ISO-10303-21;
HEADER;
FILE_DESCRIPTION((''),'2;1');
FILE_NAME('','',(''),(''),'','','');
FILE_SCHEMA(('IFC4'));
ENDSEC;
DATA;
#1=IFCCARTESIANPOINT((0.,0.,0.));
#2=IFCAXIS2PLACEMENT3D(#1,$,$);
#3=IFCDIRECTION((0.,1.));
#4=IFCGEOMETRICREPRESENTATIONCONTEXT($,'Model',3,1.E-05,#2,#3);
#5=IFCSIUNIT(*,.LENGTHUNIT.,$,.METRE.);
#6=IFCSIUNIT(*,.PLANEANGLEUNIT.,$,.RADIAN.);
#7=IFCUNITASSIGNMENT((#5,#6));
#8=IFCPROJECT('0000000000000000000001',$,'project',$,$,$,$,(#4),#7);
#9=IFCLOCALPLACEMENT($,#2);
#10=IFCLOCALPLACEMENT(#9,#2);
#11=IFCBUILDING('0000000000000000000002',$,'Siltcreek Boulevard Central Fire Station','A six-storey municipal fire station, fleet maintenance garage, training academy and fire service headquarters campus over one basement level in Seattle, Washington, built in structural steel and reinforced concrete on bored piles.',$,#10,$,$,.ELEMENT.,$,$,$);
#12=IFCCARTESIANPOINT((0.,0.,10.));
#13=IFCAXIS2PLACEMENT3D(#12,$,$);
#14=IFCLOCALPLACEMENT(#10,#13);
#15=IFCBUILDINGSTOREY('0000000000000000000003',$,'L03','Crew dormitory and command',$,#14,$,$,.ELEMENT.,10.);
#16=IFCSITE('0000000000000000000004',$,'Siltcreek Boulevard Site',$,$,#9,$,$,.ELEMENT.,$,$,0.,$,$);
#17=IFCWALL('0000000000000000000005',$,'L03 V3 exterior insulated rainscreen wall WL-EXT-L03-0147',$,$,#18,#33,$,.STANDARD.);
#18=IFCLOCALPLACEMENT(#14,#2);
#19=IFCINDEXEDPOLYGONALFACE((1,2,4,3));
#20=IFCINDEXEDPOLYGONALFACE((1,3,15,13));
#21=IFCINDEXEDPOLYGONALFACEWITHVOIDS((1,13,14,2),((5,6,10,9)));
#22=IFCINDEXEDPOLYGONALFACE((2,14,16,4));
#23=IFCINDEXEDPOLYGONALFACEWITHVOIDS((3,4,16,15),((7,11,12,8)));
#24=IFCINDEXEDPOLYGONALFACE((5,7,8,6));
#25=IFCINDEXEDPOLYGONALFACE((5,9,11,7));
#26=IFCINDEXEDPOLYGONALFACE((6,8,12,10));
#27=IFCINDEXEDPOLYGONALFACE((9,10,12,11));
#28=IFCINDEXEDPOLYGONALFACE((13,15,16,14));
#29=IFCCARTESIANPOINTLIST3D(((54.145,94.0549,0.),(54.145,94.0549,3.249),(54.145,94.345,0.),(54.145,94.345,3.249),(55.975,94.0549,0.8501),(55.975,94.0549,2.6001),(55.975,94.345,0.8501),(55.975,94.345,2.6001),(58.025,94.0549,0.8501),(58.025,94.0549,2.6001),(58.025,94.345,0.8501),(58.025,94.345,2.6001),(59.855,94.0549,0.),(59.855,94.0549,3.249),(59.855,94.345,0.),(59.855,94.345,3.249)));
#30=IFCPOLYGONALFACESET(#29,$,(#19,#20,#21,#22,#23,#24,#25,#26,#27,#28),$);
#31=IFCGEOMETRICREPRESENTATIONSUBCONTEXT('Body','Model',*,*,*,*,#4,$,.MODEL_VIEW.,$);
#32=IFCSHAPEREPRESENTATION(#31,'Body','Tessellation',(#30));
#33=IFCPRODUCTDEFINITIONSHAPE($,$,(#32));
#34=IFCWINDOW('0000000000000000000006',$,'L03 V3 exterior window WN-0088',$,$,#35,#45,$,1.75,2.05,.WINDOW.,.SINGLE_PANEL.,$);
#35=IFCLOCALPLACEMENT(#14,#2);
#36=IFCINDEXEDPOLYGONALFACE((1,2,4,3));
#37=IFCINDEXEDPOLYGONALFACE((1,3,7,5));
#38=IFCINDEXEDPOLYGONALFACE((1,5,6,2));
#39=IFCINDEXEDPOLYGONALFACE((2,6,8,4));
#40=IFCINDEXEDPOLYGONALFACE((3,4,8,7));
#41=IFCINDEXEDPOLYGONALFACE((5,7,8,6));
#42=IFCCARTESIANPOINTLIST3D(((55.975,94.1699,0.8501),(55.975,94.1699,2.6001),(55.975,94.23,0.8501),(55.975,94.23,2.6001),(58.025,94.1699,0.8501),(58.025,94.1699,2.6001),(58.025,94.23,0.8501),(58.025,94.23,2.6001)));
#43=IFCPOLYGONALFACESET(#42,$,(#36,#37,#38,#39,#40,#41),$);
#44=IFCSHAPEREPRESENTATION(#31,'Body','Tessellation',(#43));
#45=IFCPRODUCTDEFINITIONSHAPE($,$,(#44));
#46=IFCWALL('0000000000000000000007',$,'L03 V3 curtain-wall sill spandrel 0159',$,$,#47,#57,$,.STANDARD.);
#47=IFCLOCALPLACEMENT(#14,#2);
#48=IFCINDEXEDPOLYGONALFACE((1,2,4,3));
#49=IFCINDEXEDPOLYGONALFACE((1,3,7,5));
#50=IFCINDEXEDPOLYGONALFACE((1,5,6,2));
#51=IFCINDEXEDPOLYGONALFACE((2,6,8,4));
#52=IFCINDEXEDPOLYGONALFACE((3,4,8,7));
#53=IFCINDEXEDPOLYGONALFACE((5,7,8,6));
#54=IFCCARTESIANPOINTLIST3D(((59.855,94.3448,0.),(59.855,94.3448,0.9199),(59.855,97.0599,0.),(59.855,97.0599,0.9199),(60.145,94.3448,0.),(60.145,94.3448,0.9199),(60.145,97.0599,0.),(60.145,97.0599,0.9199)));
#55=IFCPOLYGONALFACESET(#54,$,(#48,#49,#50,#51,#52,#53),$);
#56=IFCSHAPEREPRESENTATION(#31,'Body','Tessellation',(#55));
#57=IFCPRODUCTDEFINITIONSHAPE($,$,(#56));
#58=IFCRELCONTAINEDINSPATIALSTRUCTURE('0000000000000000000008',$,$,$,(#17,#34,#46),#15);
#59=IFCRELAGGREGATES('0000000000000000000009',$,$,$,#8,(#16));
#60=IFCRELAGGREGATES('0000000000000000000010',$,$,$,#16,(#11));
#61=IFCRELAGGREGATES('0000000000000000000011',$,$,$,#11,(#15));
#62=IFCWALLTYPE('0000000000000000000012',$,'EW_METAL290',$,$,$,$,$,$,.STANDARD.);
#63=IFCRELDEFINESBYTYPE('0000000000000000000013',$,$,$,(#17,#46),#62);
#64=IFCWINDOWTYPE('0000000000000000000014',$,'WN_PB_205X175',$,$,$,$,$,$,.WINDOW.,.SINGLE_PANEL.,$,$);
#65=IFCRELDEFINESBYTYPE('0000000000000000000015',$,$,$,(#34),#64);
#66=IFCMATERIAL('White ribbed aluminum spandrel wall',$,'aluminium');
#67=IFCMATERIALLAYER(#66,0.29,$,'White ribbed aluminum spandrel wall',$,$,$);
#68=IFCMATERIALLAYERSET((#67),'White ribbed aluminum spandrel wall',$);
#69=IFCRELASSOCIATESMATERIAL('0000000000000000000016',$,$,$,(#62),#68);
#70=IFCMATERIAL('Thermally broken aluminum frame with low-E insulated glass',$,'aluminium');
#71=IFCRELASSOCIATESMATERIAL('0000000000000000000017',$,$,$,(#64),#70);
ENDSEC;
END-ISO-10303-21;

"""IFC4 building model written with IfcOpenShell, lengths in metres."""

from ifc_helpers import new_model, si_unit, direction, frame, frame_2d, origin, place, context, subcontext, project, spatial, rectangle, extrude, material, layer, layer_set, type_object, element, fill, save


model = new_model("IFC4")

# Units and contexts
model_context = context("Model", 3, precision=1e-05, world=origin(), true_north=direction((0.0, 1.0)))
body_context = subcontext(model_context, "Body", "Model", "MODEL_VIEW")
ifc_project = project(units=[si_unit("LENGTHUNIT", "METRE"), si_unit("PLANEANGLEUNIT", "RADIAN")], contexts=[model_context])

# Site, building, storey
site_placement = place(None, origin())
site = spatial("IfcSite", under=ifc_project, at=site_placement, Name="Siltcreek Boulevard Site", CompositionType="ELEMENT", RefElevation=0.0)
building_placement = place(site_placement, origin())
building = spatial("IfcBuilding", under=site, at=building_placement, Name="Siltcreek Boulevard Central Fire Station", Description="A six-storey municipal fire station, fleet maintenance garage, training academy and fire service headquarters campus over one basement level in Seattle, Washington, built in structural steel and reinforced concrete on bored piles.", CompositionType="ELEMENT")
storey_placement = place(building_placement, frame((0.0, 0.0, 10.0)))
storey = spatial("IfcBuildingStorey", under=building, at=storey_placement, Name="L03", Description="Crew dormitory and command", CompositionType="ELEMENT", Elevation=10.0)

# Wall, opening, window
ifc_material_1 = material(Name="White ribbed aluminum spandrel wall", Category="aluminium")
ifc_layer_1 = layer(ifc_material_1, 0.29, Name="White ribbed aluminum spandrel wall")
ifc_layer_set_1 = layer_set([ifc_layer_1], Name="White ribbed aluminum spandrel wall")
wall_type = type_object("IfcWallType", Name="EW_METAL290", PredefinedType="STANDARD", material=ifc_layer_set_1)
wall_1_placement = place(storey_placement, frame((54.145, 94.2, 0.0), z_axis=(0.0, 0.0, 1.0), x_axis=(1.0, 0.0, 0.0)))
wall_1 = element("IfcWall", 1, at=wall_1_placement, inside=storey, type_object=wall_type, Name="L03 V3 exterior insulated rainscreen wall WL-EXT-L03-0147", PredefinedType="STANDARD", context=body_context, shape_type="SweptSolid", body=[
    extrude(rectangle(XDim=5.71, YDim=0.29, at=frame_2d((2.855, 0.0))), origin(), (0.0, 0.0, 1.0), 3.249),
])
opening_placement = place(wall_1_placement, frame((1.8301, 0.0, 0.8501)))
opening = element("IfcOpeningElement", 2, at=opening_placement, cuts=wall_1, PredefinedType="OPENING", context=body_context, shape_type="SweptSolid", body=[
    extrude(rectangle(XDim=2.05, YDim=1.75, at=frame_2d((1.0249, 0.875))), frame((0.0, 0.155, 0.0), z_axis=(0.0, -1.0, 0.0), x_axis=(1.0, 0.0, 0.0)), (0.0, 0.0, 1.0), 0.3101),
])
ifc_material_2 = material(Name="Thermally broken aluminum frame with low-E insulated glass", Category="aluminium")
window_type = type_object("IfcWindowType", Name="WN_PB_205X175", PartitioningType="SINGLE_PANEL", PredefinedType="WINDOW", material=ifc_material_2)
window_placement = place(opening_placement, origin())
window = element("IfcWindow", 3, at=window_placement, inside=storey, type_object=window_type, Name="L03 V3 exterior window WN-0088", OverallHeight=1.75, OverallWidth=2.05, PartitioningType="SINGLE_PANEL", PredefinedType="WINDOW", context=body_context, shape_type="SweptSolid", body=[
    extrude(rectangle(XDim=2.05, YDim=1.75, at=frame_2d((1.0249, 0.875))), frame((0.0, 0.03, 0.0), z_axis=(0.0, -1.0, 0.0), x_axis=(1.0, 0.0, 0.0)), (0.0, 0.0, 1.0), 0.0601),
])
fill(opening, window)

# Wall
wall_2_placement = place(storey_placement, frame((60.0, 94.345, 0.0), z_axis=(0.0, 0.0, 1.0), x_axis=(0.0, 1.0, 0.0)))
element("IfcWall", 4, at=wall_2_placement, inside=storey, type_object=wall_type, Name="L03 V3 curtain-wall sill spandrel 0159", PredefinedType="STANDARD", context=body_context, shape_type="SweptSolid", body=[
    extrude(rectangle(XDim=2.7151, YDim=0.29, at=frame_2d((1.3574, 0.0))), origin(), (0.0, 0.0, 1.0), 0.9199),
])

save(model, "model.ifc")
